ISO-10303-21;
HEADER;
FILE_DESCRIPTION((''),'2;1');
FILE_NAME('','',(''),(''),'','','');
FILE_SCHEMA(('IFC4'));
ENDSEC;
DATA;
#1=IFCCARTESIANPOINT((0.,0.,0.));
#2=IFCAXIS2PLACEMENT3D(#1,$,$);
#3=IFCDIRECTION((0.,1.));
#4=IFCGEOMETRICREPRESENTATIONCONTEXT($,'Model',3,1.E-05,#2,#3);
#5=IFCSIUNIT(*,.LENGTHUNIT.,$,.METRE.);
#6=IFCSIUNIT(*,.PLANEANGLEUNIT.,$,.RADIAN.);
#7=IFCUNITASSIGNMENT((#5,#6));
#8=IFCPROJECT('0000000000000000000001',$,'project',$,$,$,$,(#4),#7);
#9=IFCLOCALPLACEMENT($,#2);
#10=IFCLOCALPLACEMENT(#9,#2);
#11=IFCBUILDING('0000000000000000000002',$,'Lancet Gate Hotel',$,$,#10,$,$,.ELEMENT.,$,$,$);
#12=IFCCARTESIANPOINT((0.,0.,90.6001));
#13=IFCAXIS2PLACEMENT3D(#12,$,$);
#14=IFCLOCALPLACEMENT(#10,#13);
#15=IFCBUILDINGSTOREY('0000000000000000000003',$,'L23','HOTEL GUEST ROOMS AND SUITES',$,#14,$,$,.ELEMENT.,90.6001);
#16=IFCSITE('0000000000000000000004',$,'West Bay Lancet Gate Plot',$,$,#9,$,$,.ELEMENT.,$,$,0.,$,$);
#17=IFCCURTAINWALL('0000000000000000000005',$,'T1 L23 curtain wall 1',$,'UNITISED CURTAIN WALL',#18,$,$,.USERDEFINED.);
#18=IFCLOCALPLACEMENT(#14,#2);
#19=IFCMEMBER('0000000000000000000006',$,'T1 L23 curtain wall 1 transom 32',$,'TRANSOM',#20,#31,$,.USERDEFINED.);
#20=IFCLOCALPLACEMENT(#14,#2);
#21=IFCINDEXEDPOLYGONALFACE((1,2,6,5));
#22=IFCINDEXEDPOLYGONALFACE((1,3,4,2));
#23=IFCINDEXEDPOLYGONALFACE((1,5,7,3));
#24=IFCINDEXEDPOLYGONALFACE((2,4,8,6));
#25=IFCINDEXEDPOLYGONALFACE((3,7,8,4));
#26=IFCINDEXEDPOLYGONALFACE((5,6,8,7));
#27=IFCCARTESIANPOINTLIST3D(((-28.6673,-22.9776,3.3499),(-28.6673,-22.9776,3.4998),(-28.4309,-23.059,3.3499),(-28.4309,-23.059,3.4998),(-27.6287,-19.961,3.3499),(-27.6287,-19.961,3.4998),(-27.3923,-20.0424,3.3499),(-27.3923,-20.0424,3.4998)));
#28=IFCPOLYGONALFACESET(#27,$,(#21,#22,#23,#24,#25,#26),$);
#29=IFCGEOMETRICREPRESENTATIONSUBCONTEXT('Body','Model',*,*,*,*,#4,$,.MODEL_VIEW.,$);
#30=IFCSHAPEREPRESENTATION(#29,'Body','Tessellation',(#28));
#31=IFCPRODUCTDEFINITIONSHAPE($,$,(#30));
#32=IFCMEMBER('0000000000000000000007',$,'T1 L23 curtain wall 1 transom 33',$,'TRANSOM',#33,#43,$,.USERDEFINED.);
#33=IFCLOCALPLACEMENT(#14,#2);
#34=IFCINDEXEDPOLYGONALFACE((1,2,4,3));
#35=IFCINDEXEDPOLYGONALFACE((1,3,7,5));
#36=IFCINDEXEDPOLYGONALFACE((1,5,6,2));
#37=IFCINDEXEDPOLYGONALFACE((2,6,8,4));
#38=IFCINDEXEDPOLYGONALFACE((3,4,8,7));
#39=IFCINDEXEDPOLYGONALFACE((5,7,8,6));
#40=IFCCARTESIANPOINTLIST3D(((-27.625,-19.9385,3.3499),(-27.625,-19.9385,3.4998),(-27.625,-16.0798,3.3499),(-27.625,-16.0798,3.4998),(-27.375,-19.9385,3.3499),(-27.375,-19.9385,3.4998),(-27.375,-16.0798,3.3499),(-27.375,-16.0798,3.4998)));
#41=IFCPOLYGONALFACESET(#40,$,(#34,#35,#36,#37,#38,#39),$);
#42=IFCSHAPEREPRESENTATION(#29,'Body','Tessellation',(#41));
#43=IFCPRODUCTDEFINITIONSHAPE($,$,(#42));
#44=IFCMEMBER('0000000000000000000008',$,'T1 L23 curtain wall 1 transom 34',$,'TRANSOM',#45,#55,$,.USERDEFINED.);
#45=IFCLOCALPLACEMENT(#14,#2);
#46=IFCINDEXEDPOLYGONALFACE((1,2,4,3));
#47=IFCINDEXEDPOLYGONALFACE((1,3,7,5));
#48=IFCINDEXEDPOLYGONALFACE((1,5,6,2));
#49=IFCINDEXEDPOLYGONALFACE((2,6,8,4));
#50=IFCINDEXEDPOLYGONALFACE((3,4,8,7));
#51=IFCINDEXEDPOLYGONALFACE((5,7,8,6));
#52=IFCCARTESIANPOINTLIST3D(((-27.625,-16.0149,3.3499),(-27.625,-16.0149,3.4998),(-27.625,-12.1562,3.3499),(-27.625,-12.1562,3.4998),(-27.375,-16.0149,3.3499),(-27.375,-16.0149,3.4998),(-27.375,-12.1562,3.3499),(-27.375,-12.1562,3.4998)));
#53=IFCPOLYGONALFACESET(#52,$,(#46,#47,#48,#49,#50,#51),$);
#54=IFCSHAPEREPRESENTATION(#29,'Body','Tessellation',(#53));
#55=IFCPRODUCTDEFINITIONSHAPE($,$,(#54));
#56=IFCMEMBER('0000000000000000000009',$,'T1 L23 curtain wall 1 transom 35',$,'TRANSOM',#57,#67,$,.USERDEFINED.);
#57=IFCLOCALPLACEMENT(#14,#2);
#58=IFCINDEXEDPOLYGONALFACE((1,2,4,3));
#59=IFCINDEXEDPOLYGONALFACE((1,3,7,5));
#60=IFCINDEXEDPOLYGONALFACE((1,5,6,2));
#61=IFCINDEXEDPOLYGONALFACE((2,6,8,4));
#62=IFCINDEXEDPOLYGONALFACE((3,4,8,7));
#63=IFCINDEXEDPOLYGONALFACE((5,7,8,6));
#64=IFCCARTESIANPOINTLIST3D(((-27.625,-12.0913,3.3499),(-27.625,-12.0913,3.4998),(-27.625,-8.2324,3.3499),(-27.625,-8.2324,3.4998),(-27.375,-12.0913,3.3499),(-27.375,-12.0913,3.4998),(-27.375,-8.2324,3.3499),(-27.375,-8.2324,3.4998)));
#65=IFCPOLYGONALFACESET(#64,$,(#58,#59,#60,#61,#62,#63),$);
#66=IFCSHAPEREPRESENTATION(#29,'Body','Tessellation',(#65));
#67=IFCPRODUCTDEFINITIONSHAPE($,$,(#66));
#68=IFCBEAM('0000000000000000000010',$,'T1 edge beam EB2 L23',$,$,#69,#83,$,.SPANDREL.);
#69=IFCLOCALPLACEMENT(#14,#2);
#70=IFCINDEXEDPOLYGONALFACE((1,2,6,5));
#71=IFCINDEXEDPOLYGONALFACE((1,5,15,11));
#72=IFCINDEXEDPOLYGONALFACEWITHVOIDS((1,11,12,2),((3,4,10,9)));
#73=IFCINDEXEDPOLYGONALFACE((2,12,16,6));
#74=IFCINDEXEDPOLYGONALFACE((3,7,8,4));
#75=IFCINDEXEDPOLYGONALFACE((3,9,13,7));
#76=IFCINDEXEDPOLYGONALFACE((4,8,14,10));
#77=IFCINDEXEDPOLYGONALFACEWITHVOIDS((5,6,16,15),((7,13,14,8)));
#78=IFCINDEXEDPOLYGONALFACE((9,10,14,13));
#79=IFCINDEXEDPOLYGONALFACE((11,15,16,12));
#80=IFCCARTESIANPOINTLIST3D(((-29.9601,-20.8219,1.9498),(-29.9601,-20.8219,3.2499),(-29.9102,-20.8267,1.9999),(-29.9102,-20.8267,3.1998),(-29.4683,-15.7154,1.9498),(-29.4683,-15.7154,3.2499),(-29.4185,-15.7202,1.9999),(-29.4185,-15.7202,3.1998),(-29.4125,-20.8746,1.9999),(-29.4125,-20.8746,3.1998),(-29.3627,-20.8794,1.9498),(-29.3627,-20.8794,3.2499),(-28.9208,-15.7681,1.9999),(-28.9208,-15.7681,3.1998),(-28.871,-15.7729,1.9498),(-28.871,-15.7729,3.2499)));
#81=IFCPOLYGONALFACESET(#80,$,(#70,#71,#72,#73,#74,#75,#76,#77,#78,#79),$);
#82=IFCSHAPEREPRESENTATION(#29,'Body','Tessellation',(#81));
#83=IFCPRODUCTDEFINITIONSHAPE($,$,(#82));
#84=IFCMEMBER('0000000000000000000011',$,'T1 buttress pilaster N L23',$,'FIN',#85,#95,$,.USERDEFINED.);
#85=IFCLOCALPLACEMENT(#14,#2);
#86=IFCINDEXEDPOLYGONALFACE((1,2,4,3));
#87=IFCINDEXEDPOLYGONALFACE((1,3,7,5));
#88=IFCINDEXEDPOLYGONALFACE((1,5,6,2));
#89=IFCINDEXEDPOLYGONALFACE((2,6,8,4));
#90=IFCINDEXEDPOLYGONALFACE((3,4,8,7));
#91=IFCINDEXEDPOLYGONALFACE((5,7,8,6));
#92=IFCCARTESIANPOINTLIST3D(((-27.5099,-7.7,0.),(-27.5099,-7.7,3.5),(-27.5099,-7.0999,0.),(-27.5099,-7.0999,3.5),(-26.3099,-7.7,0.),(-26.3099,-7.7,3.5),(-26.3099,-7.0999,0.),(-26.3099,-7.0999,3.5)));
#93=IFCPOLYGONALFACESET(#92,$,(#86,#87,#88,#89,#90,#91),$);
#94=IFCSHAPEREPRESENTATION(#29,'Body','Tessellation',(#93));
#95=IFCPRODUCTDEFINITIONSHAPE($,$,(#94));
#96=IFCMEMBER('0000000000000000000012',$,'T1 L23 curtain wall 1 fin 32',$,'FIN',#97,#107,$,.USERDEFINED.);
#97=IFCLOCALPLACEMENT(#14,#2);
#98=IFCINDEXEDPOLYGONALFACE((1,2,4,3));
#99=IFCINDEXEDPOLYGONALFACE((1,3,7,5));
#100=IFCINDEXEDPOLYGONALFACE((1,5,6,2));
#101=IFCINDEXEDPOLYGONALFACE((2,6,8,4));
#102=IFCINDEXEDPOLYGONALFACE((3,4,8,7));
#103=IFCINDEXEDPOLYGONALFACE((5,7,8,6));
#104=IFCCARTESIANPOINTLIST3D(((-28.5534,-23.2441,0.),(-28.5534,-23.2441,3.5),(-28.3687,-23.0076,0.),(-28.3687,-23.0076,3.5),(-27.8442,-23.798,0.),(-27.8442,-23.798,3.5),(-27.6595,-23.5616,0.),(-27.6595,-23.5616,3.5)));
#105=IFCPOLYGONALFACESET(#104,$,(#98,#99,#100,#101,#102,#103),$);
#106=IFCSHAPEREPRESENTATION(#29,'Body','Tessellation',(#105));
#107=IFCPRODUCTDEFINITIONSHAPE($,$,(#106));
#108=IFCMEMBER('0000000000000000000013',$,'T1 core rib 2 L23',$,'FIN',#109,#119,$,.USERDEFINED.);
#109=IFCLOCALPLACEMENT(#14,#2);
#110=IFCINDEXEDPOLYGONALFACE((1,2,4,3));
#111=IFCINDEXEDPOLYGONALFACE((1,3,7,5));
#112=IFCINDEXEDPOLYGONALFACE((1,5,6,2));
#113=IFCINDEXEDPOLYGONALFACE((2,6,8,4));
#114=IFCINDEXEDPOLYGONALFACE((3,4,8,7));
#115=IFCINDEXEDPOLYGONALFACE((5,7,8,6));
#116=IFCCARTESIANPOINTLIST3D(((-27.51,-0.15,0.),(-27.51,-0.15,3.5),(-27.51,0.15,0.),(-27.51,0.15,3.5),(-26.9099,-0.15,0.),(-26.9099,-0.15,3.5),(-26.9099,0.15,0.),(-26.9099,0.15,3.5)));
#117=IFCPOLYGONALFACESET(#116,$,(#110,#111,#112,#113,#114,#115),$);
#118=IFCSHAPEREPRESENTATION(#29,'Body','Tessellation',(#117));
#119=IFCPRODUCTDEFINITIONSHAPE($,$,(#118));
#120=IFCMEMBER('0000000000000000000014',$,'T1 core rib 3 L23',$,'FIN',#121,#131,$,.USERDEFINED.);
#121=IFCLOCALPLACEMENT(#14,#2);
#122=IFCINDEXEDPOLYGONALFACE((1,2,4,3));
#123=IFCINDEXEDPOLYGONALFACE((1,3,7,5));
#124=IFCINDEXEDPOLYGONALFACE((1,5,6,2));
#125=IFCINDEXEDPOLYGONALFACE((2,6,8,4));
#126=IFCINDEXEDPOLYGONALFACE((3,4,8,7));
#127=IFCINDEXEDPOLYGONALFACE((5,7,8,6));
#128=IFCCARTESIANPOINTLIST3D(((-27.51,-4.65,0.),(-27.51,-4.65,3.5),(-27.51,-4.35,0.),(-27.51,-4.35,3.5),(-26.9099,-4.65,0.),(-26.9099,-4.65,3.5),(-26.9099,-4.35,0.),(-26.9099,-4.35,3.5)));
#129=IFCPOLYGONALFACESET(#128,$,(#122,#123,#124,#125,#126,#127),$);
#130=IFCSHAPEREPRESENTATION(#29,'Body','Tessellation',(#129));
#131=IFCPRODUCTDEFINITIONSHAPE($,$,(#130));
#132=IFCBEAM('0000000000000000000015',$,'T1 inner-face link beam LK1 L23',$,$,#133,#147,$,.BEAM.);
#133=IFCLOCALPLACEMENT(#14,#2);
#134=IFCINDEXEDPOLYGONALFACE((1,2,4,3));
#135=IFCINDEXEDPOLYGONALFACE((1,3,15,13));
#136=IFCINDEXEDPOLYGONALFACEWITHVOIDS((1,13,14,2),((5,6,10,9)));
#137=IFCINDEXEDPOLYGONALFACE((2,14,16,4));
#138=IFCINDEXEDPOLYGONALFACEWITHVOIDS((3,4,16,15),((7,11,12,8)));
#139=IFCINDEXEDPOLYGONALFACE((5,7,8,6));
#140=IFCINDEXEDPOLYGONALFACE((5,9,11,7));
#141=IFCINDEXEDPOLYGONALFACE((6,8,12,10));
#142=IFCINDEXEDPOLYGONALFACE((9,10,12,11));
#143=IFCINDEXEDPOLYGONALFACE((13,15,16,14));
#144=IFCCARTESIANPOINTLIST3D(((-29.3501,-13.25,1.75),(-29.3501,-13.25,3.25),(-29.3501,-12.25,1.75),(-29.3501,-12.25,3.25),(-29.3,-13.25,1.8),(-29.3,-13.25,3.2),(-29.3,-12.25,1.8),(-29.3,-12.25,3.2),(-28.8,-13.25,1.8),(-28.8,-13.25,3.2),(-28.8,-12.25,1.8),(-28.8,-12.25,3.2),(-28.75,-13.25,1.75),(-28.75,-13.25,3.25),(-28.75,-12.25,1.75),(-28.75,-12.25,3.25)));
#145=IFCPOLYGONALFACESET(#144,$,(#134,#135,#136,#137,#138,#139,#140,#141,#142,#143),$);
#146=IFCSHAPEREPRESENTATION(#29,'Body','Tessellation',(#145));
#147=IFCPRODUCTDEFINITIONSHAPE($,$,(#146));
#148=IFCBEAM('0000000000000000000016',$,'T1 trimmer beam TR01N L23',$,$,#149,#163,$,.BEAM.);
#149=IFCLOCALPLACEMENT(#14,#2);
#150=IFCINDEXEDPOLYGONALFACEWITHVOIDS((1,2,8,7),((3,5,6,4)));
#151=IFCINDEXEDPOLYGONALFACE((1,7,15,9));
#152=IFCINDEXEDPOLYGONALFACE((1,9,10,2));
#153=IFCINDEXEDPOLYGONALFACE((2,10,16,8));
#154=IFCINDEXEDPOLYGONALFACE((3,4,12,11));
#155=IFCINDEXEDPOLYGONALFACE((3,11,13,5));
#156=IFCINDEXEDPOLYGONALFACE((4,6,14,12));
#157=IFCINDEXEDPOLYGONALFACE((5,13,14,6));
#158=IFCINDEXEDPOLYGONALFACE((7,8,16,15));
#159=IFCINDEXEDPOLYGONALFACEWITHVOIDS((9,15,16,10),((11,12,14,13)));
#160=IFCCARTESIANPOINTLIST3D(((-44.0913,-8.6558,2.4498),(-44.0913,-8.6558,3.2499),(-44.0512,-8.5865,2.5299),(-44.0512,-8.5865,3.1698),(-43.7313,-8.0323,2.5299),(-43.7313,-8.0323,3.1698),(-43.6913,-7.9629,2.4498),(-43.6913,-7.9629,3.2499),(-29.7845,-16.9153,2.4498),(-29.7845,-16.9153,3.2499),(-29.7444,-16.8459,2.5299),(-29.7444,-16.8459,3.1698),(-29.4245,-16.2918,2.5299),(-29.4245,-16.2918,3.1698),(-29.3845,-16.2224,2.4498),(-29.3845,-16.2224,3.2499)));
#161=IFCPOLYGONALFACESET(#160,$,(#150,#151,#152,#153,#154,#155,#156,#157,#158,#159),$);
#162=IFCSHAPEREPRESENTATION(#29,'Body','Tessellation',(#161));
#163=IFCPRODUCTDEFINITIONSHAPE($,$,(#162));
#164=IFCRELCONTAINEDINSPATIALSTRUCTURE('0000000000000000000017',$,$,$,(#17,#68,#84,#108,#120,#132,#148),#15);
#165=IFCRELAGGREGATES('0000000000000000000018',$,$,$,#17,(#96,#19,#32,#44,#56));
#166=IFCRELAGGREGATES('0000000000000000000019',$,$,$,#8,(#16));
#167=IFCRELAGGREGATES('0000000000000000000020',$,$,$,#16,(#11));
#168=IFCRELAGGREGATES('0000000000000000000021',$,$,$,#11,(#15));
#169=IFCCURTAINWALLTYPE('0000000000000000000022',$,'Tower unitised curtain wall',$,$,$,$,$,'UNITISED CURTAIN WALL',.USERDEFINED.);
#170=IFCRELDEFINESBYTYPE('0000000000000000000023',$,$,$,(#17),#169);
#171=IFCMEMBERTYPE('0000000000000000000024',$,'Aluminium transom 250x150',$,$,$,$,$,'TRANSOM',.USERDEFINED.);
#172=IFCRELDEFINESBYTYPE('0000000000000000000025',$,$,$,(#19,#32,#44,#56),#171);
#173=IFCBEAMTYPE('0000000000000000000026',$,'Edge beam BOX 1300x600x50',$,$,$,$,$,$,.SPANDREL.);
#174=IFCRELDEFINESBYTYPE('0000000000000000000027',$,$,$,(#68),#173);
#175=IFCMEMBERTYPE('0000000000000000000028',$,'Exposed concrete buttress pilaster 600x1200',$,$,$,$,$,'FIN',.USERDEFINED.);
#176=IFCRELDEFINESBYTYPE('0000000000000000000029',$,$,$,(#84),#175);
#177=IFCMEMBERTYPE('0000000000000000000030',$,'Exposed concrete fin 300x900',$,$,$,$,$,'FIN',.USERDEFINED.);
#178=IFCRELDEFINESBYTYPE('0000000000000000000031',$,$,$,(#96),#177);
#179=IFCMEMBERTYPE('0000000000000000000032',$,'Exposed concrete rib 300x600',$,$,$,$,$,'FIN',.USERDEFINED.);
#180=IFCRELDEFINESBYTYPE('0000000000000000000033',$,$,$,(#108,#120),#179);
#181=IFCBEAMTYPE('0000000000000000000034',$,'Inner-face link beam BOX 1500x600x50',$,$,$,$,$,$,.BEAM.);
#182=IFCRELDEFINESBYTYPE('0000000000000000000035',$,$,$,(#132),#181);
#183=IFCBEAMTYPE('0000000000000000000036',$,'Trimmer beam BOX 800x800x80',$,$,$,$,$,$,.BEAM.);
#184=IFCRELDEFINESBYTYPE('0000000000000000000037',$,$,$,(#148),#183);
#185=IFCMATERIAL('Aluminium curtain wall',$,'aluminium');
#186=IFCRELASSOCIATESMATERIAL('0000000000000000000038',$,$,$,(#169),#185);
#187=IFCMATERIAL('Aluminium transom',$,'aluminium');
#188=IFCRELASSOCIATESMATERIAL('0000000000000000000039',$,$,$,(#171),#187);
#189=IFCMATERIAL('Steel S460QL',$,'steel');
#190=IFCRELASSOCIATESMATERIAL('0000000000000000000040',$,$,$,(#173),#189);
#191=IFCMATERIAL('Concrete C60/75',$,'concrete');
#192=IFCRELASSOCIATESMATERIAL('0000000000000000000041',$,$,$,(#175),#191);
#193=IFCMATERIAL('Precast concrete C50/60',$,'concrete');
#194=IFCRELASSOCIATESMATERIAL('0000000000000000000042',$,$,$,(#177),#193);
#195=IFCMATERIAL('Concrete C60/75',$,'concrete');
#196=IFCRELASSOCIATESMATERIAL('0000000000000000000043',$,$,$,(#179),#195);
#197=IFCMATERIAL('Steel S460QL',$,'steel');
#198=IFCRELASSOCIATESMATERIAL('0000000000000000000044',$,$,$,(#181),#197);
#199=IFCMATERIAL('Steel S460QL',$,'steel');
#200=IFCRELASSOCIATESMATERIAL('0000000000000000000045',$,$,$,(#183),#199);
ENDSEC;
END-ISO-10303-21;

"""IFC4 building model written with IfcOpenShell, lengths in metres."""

from ifc_helpers import new_model, si_unit, direction, frame, origin, origin_2d, place, context, subcontext, project, spatial, rectangle, hollow_rectangle, extrude, material, material_profile, profile_set, type_object, element, aggregate, save


model = new_model("IFC4")

# Units and contexts
model_context = context("Model", 3, precision=1e-05, world=origin(), true_north=direction((0.0, 1.0)))
body_context = subcontext(model_context, "Body", "Model", "MODEL_VIEW")
ifc_project = project(units=[si_unit("LENGTHUNIT", "METRE"), si_unit("PLANEANGLEUNIT", "RADIAN")], contexts=[model_context])

# Site, building, storey
site_placement = place(None, origin())
site = spatial("IfcSite", under=ifc_project, at=site_placement, Name="West Bay Lancet Gate Plot", CompositionType="ELEMENT", RefElevation=0.0)
building_placement = place(site_placement, origin())
building = spatial("IfcBuilding", under=site, at=building_placement, Name="Lancet Gate Hotel", CompositionType="ELEMENT")
storey_placement = place(building_placement, frame((0.0, 0.0, 90.6001)))
storey = spatial("IfcBuildingStorey", under=building, at=storey_placement, Name="L23", Description="HOTEL GUEST ROOMS AND SUITES", CompositionType="ELEMENT", Elevation=90.6001)

# Curtain wall, members
ifc_material_1 = material(Name="Aluminium curtain wall", Category="aluminium")
curtain_wall_type = type_object("IfcCurtainWallType", Name="Tower unitised curtain wall", ElementType="UNITISED CURTAIN WALL", PredefinedType="USERDEFINED", material=ifc_material_1)
curtain_wall_placement = place(storey_placement, origin())
curtain_wall = element("IfcCurtainWall", 1, at=curtain_wall_placement, inside=storey, type_object=curtain_wall_type, Name="T1 L23 curtain wall 1", ObjectType="UNITISED CURTAIN WALL", PredefinedType="USERDEFINED")
ifc_material_2 = material(Name="Aluminium transom", Category="aluminium")
ifc_material_profile_1 = material_profile(ifc_material_2, rectangle(XDim=0.25, YDim=0.1499, at=origin_2d()), Name="TRANSOM 250x150")
ifc_profile_set_1 = profile_set([ifc_material_profile_1], Name="Aluminium transom")
member_type_1 = type_object("IfcMemberType", Name="Aluminium transom 250x150", ElementType="TRANSOM", PredefinedType="USERDEFINED", material=ifc_profile_set_1)
member_1_placement = place(storey_placement, frame((-28.5491, -23.0183, 3.4248), z_axis=(0.325533, 0.945531, 0.0), x_axis=(-0.945531, 0.325533, 0.0)))
member_1 = element("IfcMember", 2, at=member_1_placement, type_object=member_type_1, Name="T1 L23 curtain wall 1 transom 32", ObjectType="TRANSOM", PredefinedType="USERDEFINED", context=body_context, shape_type="SweptSolid", body=[
    extrude(rectangle(XDim=0.25, YDim=0.1499, at=origin_2d()), origin(), (0.0, 0.0, 1.0), 3.1904),
])
member_2_placement = place(storey_placement, frame((-27.5, -19.9385, 3.4248), z_axis=(0.0, 1.0, 0.0), x_axis=(-1.0, 0.0, 0.0)))
member_2 = element("IfcMember", 3, at=member_2_placement, type_object=member_type_1, Name="T1 L23 curtain wall 1 transom 33", ObjectType="TRANSOM", PredefinedType="USERDEFINED", context=body_context, shape_type="SweptSolid", body=[
    extrude(rectangle(XDim=0.25, YDim=0.1499, at=origin_2d()), origin(), (0.0, 0.0, 1.0), 3.8586),
])
member_3_placement = place(storey_placement, frame((-27.5, -16.0149, 3.4248), z_axis=(0.0, 1.0, 0.0), x_axis=(-1.0, 0.0, 0.0)))
member_3 = element("IfcMember", 4, at=member_3_placement, type_object=member_type_1, Name="T1 L23 curtain wall 1 transom 34", ObjectType="TRANSOM", PredefinedType="USERDEFINED", context=body_context, shape_type="SweptSolid", body=[
    extrude(rectangle(XDim=0.25, YDim=0.1499, at=origin_2d()), origin(), (0.0, 0.0, 1.0), 3.8586),
])
member_4_placement = place(storey_placement, frame((-27.5, -12.0913, 3.4248), z_axis=(0.0, 1.0, 0.0), x_axis=(-1.0, 0.0, 0.0)))
member_4 = element("IfcMember", 5, at=member_4_placement, type_object=member_type_1, Name="T1 L23 curtain wall 1 transom 35", ObjectType="TRANSOM", PredefinedType="USERDEFINED", context=body_context, shape_type="SweptSolid", body=[
    extrude(rectangle(XDim=0.25, YDim=0.1499, at=origin_2d()), origin(), (0.0, 0.0, 1.0), 3.8589),
])

# Beam
ifc_material_3 = material(Name="Steel S460QL", Category="steel")
ifc_material_profile_2 = material_profile(ifc_material_3, hollow_rectangle(XDim=0.6001, YDim=1.3, WallThickness=0.05, at=origin_2d()), Name="BOX 1300x600x50")
ifc_profile_set_2 = profile_set([ifc_material_profile_2], Name="Steel S460QL")
beam_type_1 = type_object("IfcBeamType", Name="Edge beam BOX 1300x600x50", PredefinedType="SPANDREL", material=ifc_profile_set_2)
beam_1_placement = place(storey_placement, frame((-29.1697, -15.7441, 2.5999), z_axis=(-0.095847, -0.995396, 0.0), x_axis=(0.995396, -0.095847, 0.0)))
element("IfcBeam", 6, at=beam_1_placement, inside=storey, type_object=beam_type_1, Name="T1 edge beam EB2 L23", PredefinedType="SPANDREL", context=body_context, shape_type="SweptSolid", body=[
    extrude(hollow_rectangle(XDim=0.6001, YDim=1.3, WallThickness=0.05, at=origin_2d()), origin(), (0.0, 0.0, 1.0), 5.1301),
])

# Members
ifc_material_4 = material(Name="Concrete C60/75", Category="concrete")
ifc_material_profile_3 = material_profile(ifc_material_4, rectangle(XDim=0.6001, YDim=1.2, at=origin_2d()), Name="FIN 600x1200")
ifc_profile_set_3 = profile_set([ifc_material_profile_3], Name="Concrete C60/75")
member_type_2 = type_object("IfcMemberType", Name="Exposed concrete buttress pilaster 600x1200", ElementType="FIN", PredefinedType="USERDEFINED", material=ifc_profile_set_3)
member_5_placement = place(storey_placement, frame((-26.9099, -7.3999, 0.0), z_axis=(0.0, 0.0, 1.0), x_axis=(0.0, 1.0, 0.0)))
element("IfcMember", 7, at=member_5_placement, inside=storey, type_object=member_type_2, Name="T1 buttress pilaster N L23", ObjectType="FIN", PredefinedType="USERDEFINED", context=body_context, shape_type="SweptSolid", body=[
    extrude(rectangle(XDim=0.6001, YDim=1.2, at=origin_2d()), origin(), (0.0, 0.0, 1.0), 3.5),
])
ifc_material_5 = material(Name="Precast concrete C50/60", Category="concrete")
ifc_material_profile_4 = material_profile(ifc_material_5, rectangle(XDim=0.3, YDim=0.8999, at=origin_2d()), Name="FIN 300x900")
ifc_profile_set_4 = profile_set([ifc_material_profile_4], Name="Precast concrete C50/60")
member_type_3 = type_object("IfcMemberType", Name="Exposed concrete fin 300x900", ElementType="FIN", PredefinedType="USERDEFINED", material=ifc_profile_set_4)
member_6_placement = place(storey_placement, frame((-28.1064, -23.4028, 0.0), z_axis=(0.0, 0.0, 1.0), x_axis=(0.615574, 0.788079, 0.0)))
member_6 = element("IfcMember", 8, at=member_6_placement, type_object=member_type_3, Name="T1 L23 curtain wall 1 fin 32", ObjectType="FIN", PredefinedType="USERDEFINED", context=body_context, shape_type="SweptSolid", body=[
    extrude(rectangle(XDim=0.3, YDim=0.8999, at=origin_2d()), origin(), (0.0, 0.0, 1.0), 3.5),
])

# Members
ifc_material_6 = material(Name="Concrete C60/75", Category="concrete")
ifc_material_profile_5 = material_profile(ifc_material_6, rectangle(XDim=0.3, YDim=0.6001, at=origin_2d()), Name="FIN 300x600")
ifc_profile_set_5 = profile_set([ifc_material_profile_5], Name="Concrete C60/75")
member_type_4 = type_object("IfcMemberType", Name="Exposed concrete rib 300x600", ElementType="FIN", PredefinedType="USERDEFINED", material=ifc_profile_set_5)
for number, where, z_axis, x_axis, name in (
    (9, (-27.21, 0.0, 0.0), (0.0, 0.0, 1.0), (0.0, 1.0, 0.0), "T1 core rib 2 L23"),
    (10, (-27.21, -4.5, 0.0), (0.0, 0.0, 1.0), (0.0, 1.0, 0.0), "T1 core rib 3 L23"),
):
    element("IfcMember", number, at=place(storey_placement, frame(where, z_axis=z_axis, x_axis=x_axis)), inside=storey, type_object=member_type_4, Name=name, ObjectType="FIN", PredefinedType="USERDEFINED", context=body_context, shape_type="SweptSolid", body=[
        extrude(rectangle(XDim=0.3, YDim=0.6001, at=origin_2d()), origin(), (0.0, 0.0, 1.0), 3.5),
    ])

# Beams
ifc_material_7 = material(Name="Steel S460QL", Category="steel")
ifc_material_profile_6 = material_profile(ifc_material_7, hollow_rectangle(XDim=0.6001, YDim=1.5, WallThickness=0.05, at=origin_2d()), Name="BOX 1500x600x50")
ifc_profile_set_6 = profile_set([ifc_material_profile_6], Name="Steel S460QL")
beam_type_2 = type_object("IfcBeamType", Name="Inner-face link beam BOX 1500x600x50", PredefinedType="BEAM", material=ifc_profile_set_6)
beam_2_placement = place(storey_placement, frame((-29.05, -12.25, 2.5), z_axis=(0.0, -1.0, 0.0), x_axis=(1.0, 0.0, 0.0)))
element("IfcBeam", 11, at=beam_2_placement, inside=storey, type_object=beam_type_2, Name="T1 inner-face link beam LK1 L23", PredefinedType="BEAM", context=body_context, shape_type="SweptSolid", body=[
    extrude(hollow_rectangle(XDim=0.6001, YDim=1.5, WallThickness=0.05, at=origin_2d()), origin(), (0.0, 0.0, 1.0), 1.0),
])
ifc_material_8 = material(Name="Steel S460QL", Category="steel")
ifc_material_profile_7 = material_profile(ifc_material_8, hollow_rectangle(XDim=0.8, YDim=0.8, WallThickness=0.0801, at=origin_2d()), Name="BOX 800x800x80")
ifc_profile_set_7 = profile_set([ifc_material_profile_7], Name="Steel S460QL")
beam_type_3 = type_object("IfcBeamType", Name="Trimmer beam BOX 800x800x80", PredefinedType="BEAM", material=ifc_profile_set_7)
beam_3_placement = place(storey_placement, frame((-29.5845, -16.5688, 2.8499), z_axis=(-0.86604, 0.499974, 0.0), x_axis=(-0.499974, -0.86604, 0.0)))
element("IfcBeam", 12, at=beam_3_placement, inside=storey, type_object=beam_type_3, Name="T1 trimmer beam TR01N L23", PredefinedType="BEAM", context=body_context, shape_type="SweptSolid", body=[
    extrude(hollow_rectangle(XDim=0.8, YDim=0.8, WallThickness=0.0801, at=origin_2d()), origin(), (0.0, 0.0, 1.0), 16.5198),
])

aggregate(curtain_wall, [member_6, member_1, member_2, member_3, member_4])

save(model, "model.ifc")
